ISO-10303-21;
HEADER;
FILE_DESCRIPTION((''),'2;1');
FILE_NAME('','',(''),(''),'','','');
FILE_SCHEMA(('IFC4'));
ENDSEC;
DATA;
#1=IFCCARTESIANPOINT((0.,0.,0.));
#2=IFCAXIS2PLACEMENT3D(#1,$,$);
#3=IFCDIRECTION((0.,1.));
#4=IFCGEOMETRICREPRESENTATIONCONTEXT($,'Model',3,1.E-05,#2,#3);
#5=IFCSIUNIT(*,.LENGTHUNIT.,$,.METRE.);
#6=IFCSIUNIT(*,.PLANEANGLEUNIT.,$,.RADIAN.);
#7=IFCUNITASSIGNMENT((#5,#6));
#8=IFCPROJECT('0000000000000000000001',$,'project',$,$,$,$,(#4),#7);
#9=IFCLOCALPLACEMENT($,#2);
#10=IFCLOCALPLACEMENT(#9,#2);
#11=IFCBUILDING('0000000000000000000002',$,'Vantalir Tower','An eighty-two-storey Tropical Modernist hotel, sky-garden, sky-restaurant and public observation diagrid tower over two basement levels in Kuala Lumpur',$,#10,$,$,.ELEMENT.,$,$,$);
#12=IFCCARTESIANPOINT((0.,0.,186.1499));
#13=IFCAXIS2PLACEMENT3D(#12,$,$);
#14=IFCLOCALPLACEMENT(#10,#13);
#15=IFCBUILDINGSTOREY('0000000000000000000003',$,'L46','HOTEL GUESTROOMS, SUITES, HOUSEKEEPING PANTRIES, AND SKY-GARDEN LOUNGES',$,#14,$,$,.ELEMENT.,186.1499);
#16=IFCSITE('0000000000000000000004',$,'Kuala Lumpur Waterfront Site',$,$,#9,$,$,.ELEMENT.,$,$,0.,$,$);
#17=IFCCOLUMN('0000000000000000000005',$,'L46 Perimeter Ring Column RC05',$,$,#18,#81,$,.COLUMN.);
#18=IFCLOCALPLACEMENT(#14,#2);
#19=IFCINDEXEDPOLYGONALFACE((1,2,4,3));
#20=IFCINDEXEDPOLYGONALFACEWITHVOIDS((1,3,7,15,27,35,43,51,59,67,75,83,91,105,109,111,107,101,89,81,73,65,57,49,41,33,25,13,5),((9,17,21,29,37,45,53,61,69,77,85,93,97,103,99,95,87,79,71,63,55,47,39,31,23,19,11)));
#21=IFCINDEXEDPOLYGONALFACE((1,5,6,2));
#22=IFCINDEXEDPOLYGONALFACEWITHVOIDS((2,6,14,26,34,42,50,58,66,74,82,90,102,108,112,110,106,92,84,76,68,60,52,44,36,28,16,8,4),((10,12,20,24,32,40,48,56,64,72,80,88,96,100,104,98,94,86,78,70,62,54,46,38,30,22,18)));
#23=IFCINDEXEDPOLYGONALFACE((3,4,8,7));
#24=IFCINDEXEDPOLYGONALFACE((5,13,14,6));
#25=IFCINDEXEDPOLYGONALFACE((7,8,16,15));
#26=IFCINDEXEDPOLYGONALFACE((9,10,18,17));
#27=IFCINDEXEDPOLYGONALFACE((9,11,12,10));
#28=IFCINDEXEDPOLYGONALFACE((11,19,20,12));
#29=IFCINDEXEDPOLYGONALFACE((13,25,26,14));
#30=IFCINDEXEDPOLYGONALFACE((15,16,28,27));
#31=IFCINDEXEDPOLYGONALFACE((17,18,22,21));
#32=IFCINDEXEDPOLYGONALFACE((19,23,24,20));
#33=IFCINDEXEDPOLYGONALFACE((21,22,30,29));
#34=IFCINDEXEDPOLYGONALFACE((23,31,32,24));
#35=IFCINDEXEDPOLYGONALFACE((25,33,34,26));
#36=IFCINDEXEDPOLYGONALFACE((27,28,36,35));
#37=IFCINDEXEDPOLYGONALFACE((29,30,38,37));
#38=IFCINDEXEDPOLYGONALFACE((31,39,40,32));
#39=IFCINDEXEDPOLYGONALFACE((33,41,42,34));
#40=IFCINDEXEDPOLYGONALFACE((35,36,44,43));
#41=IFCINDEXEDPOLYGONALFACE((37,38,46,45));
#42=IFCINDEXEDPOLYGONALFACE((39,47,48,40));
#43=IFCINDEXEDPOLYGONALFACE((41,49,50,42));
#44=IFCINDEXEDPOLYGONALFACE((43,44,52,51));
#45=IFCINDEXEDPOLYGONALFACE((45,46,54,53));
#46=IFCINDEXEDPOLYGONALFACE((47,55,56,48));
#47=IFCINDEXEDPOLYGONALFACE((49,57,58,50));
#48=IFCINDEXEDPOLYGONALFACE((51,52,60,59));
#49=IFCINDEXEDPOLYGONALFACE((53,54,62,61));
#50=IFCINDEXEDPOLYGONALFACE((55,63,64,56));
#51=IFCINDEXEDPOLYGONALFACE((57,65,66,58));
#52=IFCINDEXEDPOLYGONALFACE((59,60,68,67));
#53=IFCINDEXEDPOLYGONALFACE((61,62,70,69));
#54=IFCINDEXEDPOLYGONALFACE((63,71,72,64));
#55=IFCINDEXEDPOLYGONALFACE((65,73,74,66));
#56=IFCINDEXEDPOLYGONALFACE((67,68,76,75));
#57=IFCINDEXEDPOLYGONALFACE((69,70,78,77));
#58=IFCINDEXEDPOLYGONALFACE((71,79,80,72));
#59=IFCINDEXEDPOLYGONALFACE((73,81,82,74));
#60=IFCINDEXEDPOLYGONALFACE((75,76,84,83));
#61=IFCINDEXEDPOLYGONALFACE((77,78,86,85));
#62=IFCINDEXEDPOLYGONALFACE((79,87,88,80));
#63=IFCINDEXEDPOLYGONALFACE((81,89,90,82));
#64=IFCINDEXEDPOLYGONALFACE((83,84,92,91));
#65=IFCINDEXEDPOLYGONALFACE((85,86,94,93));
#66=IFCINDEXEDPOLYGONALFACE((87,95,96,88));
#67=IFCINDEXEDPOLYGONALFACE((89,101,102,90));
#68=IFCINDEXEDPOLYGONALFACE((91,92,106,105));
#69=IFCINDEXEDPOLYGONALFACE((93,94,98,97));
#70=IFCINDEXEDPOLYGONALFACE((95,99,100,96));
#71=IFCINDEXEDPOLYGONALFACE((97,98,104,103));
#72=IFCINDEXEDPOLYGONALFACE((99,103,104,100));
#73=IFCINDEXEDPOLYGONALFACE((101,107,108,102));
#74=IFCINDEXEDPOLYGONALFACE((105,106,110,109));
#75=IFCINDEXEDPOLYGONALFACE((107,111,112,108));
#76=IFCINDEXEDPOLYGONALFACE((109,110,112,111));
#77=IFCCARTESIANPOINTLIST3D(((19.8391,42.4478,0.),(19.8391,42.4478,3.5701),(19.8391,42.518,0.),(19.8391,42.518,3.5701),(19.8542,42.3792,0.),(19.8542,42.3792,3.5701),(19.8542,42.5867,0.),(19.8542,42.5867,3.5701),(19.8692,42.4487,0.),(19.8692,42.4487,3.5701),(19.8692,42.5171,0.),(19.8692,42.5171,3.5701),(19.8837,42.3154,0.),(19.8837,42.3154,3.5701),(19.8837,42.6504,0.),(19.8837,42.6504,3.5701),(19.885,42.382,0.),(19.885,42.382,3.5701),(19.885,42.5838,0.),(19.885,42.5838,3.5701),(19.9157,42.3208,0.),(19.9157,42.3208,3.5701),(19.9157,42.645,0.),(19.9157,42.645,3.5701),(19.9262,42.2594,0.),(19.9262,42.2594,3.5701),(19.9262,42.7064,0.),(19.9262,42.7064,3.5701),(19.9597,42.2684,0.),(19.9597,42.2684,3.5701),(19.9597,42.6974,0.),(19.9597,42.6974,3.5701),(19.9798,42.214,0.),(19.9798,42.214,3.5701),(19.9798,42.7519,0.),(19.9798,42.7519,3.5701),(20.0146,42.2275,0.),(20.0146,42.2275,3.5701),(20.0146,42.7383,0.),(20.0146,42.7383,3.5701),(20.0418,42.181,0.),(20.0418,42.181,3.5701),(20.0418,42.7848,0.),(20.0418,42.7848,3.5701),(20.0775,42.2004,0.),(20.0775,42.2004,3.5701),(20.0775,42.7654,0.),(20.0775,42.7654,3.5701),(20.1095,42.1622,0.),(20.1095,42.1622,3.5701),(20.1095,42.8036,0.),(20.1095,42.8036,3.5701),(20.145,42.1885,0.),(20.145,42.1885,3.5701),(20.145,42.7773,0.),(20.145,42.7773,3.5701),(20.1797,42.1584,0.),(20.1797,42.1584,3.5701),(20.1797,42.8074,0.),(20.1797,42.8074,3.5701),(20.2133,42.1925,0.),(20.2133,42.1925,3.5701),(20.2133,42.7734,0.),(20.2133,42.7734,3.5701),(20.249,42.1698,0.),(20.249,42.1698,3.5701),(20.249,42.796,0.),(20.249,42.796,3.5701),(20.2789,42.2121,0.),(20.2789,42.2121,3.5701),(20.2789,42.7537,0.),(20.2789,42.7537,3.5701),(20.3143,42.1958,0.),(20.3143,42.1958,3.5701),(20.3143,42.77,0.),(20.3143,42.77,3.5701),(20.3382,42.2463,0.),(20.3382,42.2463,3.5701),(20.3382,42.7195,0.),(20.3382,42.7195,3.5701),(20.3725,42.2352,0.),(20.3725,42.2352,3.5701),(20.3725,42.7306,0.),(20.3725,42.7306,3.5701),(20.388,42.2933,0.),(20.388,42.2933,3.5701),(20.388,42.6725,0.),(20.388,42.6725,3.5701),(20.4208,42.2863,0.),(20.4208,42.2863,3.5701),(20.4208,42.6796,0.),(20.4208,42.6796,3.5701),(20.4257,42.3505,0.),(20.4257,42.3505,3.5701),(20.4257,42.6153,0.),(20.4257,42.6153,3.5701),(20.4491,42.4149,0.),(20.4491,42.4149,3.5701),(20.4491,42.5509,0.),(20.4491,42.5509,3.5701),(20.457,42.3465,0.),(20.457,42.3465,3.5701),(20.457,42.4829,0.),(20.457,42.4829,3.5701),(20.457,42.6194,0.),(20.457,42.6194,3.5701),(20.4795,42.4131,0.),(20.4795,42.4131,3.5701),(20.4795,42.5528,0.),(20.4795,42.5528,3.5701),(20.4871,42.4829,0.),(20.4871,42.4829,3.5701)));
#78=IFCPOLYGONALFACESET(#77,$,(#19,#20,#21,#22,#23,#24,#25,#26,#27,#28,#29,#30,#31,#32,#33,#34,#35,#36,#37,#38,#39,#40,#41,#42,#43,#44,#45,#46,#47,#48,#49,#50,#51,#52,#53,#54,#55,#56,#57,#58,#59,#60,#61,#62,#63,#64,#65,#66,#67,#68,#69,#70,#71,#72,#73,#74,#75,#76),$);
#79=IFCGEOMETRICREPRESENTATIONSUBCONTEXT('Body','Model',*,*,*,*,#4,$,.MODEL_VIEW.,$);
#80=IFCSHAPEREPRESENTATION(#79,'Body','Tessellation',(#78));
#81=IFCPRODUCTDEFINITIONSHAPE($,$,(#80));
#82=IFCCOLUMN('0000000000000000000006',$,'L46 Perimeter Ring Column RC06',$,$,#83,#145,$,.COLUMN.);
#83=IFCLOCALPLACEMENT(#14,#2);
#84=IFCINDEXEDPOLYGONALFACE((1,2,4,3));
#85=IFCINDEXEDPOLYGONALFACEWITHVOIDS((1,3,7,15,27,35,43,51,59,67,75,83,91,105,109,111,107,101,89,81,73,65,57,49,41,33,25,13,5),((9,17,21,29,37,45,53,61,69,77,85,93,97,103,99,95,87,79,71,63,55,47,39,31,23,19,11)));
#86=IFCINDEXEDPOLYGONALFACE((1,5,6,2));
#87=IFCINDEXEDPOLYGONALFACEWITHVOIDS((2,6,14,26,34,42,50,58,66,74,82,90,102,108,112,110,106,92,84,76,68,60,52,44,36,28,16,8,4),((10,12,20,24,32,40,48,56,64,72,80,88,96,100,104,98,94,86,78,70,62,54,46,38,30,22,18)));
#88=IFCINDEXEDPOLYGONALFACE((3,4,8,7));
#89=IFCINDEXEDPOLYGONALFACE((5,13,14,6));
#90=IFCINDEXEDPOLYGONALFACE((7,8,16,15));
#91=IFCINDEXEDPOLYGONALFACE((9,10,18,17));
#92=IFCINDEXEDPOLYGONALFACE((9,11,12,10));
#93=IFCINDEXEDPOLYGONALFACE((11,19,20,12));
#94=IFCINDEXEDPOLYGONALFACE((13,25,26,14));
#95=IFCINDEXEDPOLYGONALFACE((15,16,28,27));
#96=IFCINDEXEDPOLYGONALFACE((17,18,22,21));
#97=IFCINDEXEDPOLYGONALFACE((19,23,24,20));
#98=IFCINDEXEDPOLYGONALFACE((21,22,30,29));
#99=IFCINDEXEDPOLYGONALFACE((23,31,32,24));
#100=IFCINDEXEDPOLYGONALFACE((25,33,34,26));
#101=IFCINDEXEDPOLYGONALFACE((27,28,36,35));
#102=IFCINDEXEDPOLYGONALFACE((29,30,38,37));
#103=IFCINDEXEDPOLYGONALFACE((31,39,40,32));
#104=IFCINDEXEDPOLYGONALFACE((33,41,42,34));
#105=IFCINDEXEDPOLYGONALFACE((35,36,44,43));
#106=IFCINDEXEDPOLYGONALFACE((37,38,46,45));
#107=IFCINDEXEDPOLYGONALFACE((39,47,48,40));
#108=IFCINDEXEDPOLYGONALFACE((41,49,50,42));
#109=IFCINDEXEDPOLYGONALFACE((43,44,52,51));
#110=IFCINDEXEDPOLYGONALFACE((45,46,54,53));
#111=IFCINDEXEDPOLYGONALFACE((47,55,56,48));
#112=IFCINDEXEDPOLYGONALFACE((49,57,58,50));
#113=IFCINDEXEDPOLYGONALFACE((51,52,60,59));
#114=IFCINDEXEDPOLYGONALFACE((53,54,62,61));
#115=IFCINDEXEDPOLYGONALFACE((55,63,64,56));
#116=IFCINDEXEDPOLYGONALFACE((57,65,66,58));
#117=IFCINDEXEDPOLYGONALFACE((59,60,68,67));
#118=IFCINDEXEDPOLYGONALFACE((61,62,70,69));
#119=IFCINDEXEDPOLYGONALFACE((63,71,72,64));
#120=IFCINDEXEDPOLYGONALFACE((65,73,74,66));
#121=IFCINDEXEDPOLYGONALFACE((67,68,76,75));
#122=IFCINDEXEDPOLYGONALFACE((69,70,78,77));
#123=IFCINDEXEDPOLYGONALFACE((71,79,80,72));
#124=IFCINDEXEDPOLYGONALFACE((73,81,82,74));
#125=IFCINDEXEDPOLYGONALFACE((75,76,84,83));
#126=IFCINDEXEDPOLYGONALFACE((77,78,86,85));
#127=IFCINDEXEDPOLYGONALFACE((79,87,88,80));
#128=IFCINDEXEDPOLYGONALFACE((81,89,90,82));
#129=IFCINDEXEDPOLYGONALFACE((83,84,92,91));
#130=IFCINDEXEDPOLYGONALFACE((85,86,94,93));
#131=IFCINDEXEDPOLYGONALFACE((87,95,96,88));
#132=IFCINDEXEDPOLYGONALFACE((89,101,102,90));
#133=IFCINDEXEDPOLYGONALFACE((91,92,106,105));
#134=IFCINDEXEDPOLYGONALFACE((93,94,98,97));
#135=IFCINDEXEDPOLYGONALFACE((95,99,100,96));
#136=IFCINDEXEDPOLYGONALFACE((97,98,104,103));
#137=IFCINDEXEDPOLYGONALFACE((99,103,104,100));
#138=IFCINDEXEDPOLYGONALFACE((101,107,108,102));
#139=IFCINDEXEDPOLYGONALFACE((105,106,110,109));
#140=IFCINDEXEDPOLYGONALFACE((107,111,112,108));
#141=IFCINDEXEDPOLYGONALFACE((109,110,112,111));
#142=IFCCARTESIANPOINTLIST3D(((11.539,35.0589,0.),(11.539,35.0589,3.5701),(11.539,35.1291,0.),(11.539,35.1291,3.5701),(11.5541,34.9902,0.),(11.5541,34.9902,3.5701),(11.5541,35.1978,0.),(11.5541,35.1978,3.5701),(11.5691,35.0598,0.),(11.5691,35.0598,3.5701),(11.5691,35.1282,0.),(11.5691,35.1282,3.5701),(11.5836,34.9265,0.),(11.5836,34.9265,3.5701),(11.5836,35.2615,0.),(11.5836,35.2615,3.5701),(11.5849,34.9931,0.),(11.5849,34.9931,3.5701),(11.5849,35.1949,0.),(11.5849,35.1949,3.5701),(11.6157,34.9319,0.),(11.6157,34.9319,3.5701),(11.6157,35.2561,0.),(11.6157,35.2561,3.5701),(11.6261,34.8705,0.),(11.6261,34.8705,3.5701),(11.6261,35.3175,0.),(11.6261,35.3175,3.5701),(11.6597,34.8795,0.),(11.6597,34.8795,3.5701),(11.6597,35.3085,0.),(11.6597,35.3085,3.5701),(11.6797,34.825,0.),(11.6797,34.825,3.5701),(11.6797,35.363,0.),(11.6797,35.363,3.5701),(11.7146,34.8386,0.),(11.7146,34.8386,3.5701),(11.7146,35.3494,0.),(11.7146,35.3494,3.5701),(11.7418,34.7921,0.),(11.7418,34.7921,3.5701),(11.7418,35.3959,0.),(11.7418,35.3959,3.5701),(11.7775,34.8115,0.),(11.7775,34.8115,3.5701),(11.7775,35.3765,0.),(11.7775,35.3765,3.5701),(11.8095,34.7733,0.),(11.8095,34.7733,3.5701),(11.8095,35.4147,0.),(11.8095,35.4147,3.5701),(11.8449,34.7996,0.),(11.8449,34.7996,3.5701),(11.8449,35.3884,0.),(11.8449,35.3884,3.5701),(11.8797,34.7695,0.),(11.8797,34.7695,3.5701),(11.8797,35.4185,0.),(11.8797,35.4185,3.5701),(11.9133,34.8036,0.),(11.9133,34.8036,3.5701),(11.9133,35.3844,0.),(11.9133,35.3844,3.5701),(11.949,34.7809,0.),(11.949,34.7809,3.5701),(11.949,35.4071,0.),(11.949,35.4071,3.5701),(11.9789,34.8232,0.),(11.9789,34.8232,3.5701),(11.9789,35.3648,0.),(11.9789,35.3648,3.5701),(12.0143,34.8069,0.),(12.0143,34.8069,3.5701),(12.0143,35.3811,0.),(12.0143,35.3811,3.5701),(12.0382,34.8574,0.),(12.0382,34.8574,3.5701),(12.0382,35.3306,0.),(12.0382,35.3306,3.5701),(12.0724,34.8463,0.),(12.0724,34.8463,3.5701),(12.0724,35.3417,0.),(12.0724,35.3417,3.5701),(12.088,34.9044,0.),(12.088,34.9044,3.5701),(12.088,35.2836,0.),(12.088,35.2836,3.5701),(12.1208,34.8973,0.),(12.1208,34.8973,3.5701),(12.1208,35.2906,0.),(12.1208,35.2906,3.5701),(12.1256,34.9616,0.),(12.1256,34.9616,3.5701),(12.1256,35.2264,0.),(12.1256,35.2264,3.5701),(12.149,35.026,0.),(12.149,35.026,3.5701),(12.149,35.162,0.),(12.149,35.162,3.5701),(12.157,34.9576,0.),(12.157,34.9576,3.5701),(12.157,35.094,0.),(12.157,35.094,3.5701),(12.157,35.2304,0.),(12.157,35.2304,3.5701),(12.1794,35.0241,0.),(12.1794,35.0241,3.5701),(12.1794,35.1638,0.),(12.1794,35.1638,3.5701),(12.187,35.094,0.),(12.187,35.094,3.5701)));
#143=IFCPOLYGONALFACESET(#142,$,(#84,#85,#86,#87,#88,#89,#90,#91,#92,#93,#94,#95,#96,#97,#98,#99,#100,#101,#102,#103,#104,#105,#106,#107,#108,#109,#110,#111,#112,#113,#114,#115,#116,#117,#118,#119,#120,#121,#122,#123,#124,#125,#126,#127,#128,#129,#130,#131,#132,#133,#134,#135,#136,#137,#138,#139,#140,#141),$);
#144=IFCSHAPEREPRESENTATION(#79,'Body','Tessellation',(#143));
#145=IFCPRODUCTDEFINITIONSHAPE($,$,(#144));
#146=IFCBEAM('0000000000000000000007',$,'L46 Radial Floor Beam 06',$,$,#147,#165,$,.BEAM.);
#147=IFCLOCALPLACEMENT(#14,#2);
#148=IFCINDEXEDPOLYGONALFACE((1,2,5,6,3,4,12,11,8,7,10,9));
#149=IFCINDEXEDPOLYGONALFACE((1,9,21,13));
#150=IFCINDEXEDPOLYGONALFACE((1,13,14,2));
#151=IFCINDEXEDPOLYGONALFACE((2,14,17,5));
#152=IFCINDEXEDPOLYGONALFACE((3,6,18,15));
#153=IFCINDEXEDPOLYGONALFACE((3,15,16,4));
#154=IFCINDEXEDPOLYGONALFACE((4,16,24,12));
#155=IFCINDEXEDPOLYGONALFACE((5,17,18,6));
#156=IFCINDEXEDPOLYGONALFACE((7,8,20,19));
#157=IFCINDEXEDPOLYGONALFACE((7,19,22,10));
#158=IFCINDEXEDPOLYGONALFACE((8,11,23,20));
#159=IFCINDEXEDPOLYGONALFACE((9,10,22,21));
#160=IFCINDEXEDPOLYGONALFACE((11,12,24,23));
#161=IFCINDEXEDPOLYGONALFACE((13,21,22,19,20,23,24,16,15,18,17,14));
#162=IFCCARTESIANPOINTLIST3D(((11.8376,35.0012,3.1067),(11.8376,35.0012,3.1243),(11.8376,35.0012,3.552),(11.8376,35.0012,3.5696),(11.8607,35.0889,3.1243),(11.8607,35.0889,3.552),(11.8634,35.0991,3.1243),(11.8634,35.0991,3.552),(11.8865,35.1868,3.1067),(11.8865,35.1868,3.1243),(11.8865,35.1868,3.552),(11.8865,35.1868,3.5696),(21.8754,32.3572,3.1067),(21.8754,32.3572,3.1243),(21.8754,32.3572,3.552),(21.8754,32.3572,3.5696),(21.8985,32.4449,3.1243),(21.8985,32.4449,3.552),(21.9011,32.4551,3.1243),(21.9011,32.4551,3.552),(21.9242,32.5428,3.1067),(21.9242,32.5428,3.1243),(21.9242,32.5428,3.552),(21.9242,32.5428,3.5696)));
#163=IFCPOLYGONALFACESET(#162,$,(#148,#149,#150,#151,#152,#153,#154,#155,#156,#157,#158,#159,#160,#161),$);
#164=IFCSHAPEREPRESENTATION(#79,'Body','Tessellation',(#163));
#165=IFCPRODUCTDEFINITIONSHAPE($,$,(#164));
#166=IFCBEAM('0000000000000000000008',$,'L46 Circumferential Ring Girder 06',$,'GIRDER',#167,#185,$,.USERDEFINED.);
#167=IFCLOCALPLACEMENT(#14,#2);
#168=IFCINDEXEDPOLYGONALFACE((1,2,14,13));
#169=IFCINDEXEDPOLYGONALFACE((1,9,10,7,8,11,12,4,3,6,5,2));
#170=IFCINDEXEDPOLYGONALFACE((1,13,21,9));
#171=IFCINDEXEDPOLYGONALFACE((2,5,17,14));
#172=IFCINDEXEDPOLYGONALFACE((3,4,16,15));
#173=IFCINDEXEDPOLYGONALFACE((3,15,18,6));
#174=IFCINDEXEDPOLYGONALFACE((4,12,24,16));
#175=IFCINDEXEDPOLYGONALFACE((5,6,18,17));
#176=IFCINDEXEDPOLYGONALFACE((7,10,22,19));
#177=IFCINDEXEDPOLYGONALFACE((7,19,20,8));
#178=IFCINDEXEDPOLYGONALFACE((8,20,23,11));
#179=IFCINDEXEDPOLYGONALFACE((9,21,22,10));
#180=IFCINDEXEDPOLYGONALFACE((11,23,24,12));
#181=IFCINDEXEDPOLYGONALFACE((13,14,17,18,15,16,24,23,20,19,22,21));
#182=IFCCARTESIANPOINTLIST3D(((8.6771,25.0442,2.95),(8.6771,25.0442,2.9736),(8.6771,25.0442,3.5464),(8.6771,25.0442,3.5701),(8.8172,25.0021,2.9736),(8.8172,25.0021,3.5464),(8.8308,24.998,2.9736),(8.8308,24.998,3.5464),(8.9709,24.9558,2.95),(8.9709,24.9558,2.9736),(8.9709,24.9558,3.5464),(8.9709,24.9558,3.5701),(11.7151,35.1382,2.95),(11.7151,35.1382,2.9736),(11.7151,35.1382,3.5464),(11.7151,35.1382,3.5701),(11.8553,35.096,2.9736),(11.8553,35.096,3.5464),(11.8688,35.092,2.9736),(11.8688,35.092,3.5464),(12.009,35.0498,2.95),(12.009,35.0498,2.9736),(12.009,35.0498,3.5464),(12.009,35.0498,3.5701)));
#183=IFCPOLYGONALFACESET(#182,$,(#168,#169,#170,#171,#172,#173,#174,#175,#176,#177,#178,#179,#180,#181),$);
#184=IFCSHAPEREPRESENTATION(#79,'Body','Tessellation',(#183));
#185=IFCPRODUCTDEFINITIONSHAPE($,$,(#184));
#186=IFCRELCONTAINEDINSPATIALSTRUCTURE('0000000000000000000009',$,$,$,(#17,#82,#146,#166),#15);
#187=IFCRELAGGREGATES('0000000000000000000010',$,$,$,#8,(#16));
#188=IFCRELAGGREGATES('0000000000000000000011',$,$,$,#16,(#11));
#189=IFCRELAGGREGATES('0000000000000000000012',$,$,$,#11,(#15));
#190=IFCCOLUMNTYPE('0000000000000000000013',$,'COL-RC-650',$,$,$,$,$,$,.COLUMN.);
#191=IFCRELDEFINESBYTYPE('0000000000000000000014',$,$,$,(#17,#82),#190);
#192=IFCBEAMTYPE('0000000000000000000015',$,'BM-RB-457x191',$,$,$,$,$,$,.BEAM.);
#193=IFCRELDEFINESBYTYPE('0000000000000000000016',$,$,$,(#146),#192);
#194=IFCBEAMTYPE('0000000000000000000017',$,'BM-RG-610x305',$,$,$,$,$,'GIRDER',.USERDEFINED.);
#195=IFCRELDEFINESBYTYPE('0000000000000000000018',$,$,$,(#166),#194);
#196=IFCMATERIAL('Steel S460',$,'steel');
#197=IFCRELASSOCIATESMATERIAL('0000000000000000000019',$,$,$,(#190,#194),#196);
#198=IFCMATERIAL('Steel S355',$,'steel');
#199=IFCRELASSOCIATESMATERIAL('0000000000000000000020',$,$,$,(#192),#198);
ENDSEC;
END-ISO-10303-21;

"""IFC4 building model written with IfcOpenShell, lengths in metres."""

from ifc_helpers import new_model, si_unit, direction, frame, origin, origin_2d, place, context, subcontext, project, spatial, hollow_circle, i_section, extrude, material, material_profile, profile_set, type_object, element, save


model = new_model("IFC4")

# Units and contexts
model_context = context("Model", 3, precision=1e-05, world=origin(), true_north=direction((0.0, 1.0)))
body_context = subcontext(model_context, "Body", "Model", "MODEL_VIEW")
ifc_project = project(units=[si_unit("LENGTHUNIT", "METRE"), si_unit("PLANEANGLEUNIT", "RADIAN")], contexts=[model_context])

# Site, building, storey
site_placement = place(None, origin())
site = spatial("IfcSite", under=ifc_project, at=site_placement, Name="Kuala Lumpur Waterfront Site", CompositionType="ELEMENT", RefElevation=0.0)
building_placement = place(site_placement, origin())
building = spatial("IfcBuilding", under=site, at=building_placement, Name="Vantalir Tower", Description="An eighty-two-storey Tropical Modernist hotel, sky-garden, sky-restaurant and public observation diagrid tower over two basement levels in Kuala Lumpur", CompositionType="ELEMENT")
storey_placement = place(building_placement, frame((0.0, 0.0, 186.1499)))
storey = spatial("IfcBuildingStorey", under=building, at=storey_placement, Name="L46", Description="HOTEL GUESTROOMS, SUITES, HOUSEKEEPING PANTRIES, AND SKY-GARDEN LOUNGES", CompositionType="ELEMENT", Elevation=186.1499)

# Columns
ifc_material_1 = material(Name="Steel S460", Category="steel")
ifc_material_profile_1 = material_profile(ifc_material_1, hollow_circle(Radius=0.325, WallThickness=0.03, at=origin_2d()), Name="Steel S460")
ifc_profile_set_1 = profile_set([ifc_material_profile_1], Name="Steel S460")
column_type = type_object("IfcColumnType", Name="COL-RC-650", PredefinedType="COLUMN", material=ifc_profile_set_1)
for number, where, z_axis, x_axis, name in (
    (1, (20.1621, 42.4829, 0.0), (0.0, 0.0, 1.0), (1.0, 0.0, 0.0), "L46 Perimeter Ring Column RC05"),
    (2, (11.8621, 35.094, 0.0), (0.0, 0.0, 1.0), (1.0, 0.0, 0.0), "L46 Perimeter Ring Column RC06"),
):
    element("IfcColumn", number, at=place(storey_placement, frame(where, z_axis=z_axis, x_axis=x_axis)), inside=storey, type_object=column_type, Name=name, PredefinedType="COLUMN", context=body_context, shape_type="SweptSolid", body=[
        extrude(hollow_circle(Radius=0.325, WallThickness=0.03, at=origin_2d()), origin(), (0.0, 0.0, 1.0), 3.5701),
    ])

# Beams
ifc_material_2 = material(Name="Steel S355", Category="steel")
ifc_material_profile_2 = material_profile(ifc_material_2, i_section(OverallWidth=0.1919, OverallDepth=0.4629, WebThickness=0.0105, FlangeThickness=0.0176, at=origin_2d()), Name="Steel S355")
ifc_profile_set_2 = profile_set([ifc_material_profile_2], Name="Steel S355")
beam_type_1 = type_object("IfcBeamType", Name="BM-RB-457x191", PredefinedType="BEAM", material=ifc_profile_set_2)
beam_1_placement = place(storey_placement, frame((11.8621, 35.094, 3.3381), z_axis=(0.967015, -0.254719, 0.0), x_axis=(0.254719, 0.967015, 0.0)))
element("IfcBeam", 3, at=beam_1_placement, inside=storey, type_object=beam_type_1, Name="L46 Radial Floor Beam 06", PredefinedType="BEAM", context=body_context, shape_type="SweptSolid", body=[
    extrude(i_section(OverallWidth=0.1919, OverallDepth=0.4629, WebThickness=0.0105, FlangeThickness=0.0176, at=origin_2d()), origin(), (0.0, 0.0, 1.0), 10.3801),
])
ifc_material_profile_3 = material_profile(ifc_material_1, i_section(OverallWidth=0.3069, OverallDepth=0.6201, WebThickness=0.0142, FlangeThickness=0.0237, at=origin_2d()), Name="Steel S460")
ifc_profile_set_3 = profile_set([ifc_material_profile_3], Name="Steel S460")
beam_type_2 = type_object("IfcBeamType", Name="BM-RG-610x305", ElementType="GIRDER", PredefinedType="USERDEFINED", material=ifc_profile_set_3)
beam_2_placement = place(storey_placement, frame((11.8621, 35.094, 3.26), z_axis=(-0.288208, -0.957568, 0.0), x_axis=(0.957568, -0.288208, 0.0)))
element("IfcBeam", 4, at=beam_2_placement, inside=storey, type_object=beam_type_2, Name="L46 Circumferential Ring Girder 06", ObjectType="GIRDER", PredefinedType="USERDEFINED", context=body_context, shape_type="SweptSolid", body=[
    extrude(i_section(OverallWidth=0.3069, OverallDepth=0.6201, WebThickness=0.0142, FlangeThickness=0.0237, at=origin_2d()), origin(), (0.0, 0.0, 1.0), 10.5413),
])

save(model, "model.ifc")
